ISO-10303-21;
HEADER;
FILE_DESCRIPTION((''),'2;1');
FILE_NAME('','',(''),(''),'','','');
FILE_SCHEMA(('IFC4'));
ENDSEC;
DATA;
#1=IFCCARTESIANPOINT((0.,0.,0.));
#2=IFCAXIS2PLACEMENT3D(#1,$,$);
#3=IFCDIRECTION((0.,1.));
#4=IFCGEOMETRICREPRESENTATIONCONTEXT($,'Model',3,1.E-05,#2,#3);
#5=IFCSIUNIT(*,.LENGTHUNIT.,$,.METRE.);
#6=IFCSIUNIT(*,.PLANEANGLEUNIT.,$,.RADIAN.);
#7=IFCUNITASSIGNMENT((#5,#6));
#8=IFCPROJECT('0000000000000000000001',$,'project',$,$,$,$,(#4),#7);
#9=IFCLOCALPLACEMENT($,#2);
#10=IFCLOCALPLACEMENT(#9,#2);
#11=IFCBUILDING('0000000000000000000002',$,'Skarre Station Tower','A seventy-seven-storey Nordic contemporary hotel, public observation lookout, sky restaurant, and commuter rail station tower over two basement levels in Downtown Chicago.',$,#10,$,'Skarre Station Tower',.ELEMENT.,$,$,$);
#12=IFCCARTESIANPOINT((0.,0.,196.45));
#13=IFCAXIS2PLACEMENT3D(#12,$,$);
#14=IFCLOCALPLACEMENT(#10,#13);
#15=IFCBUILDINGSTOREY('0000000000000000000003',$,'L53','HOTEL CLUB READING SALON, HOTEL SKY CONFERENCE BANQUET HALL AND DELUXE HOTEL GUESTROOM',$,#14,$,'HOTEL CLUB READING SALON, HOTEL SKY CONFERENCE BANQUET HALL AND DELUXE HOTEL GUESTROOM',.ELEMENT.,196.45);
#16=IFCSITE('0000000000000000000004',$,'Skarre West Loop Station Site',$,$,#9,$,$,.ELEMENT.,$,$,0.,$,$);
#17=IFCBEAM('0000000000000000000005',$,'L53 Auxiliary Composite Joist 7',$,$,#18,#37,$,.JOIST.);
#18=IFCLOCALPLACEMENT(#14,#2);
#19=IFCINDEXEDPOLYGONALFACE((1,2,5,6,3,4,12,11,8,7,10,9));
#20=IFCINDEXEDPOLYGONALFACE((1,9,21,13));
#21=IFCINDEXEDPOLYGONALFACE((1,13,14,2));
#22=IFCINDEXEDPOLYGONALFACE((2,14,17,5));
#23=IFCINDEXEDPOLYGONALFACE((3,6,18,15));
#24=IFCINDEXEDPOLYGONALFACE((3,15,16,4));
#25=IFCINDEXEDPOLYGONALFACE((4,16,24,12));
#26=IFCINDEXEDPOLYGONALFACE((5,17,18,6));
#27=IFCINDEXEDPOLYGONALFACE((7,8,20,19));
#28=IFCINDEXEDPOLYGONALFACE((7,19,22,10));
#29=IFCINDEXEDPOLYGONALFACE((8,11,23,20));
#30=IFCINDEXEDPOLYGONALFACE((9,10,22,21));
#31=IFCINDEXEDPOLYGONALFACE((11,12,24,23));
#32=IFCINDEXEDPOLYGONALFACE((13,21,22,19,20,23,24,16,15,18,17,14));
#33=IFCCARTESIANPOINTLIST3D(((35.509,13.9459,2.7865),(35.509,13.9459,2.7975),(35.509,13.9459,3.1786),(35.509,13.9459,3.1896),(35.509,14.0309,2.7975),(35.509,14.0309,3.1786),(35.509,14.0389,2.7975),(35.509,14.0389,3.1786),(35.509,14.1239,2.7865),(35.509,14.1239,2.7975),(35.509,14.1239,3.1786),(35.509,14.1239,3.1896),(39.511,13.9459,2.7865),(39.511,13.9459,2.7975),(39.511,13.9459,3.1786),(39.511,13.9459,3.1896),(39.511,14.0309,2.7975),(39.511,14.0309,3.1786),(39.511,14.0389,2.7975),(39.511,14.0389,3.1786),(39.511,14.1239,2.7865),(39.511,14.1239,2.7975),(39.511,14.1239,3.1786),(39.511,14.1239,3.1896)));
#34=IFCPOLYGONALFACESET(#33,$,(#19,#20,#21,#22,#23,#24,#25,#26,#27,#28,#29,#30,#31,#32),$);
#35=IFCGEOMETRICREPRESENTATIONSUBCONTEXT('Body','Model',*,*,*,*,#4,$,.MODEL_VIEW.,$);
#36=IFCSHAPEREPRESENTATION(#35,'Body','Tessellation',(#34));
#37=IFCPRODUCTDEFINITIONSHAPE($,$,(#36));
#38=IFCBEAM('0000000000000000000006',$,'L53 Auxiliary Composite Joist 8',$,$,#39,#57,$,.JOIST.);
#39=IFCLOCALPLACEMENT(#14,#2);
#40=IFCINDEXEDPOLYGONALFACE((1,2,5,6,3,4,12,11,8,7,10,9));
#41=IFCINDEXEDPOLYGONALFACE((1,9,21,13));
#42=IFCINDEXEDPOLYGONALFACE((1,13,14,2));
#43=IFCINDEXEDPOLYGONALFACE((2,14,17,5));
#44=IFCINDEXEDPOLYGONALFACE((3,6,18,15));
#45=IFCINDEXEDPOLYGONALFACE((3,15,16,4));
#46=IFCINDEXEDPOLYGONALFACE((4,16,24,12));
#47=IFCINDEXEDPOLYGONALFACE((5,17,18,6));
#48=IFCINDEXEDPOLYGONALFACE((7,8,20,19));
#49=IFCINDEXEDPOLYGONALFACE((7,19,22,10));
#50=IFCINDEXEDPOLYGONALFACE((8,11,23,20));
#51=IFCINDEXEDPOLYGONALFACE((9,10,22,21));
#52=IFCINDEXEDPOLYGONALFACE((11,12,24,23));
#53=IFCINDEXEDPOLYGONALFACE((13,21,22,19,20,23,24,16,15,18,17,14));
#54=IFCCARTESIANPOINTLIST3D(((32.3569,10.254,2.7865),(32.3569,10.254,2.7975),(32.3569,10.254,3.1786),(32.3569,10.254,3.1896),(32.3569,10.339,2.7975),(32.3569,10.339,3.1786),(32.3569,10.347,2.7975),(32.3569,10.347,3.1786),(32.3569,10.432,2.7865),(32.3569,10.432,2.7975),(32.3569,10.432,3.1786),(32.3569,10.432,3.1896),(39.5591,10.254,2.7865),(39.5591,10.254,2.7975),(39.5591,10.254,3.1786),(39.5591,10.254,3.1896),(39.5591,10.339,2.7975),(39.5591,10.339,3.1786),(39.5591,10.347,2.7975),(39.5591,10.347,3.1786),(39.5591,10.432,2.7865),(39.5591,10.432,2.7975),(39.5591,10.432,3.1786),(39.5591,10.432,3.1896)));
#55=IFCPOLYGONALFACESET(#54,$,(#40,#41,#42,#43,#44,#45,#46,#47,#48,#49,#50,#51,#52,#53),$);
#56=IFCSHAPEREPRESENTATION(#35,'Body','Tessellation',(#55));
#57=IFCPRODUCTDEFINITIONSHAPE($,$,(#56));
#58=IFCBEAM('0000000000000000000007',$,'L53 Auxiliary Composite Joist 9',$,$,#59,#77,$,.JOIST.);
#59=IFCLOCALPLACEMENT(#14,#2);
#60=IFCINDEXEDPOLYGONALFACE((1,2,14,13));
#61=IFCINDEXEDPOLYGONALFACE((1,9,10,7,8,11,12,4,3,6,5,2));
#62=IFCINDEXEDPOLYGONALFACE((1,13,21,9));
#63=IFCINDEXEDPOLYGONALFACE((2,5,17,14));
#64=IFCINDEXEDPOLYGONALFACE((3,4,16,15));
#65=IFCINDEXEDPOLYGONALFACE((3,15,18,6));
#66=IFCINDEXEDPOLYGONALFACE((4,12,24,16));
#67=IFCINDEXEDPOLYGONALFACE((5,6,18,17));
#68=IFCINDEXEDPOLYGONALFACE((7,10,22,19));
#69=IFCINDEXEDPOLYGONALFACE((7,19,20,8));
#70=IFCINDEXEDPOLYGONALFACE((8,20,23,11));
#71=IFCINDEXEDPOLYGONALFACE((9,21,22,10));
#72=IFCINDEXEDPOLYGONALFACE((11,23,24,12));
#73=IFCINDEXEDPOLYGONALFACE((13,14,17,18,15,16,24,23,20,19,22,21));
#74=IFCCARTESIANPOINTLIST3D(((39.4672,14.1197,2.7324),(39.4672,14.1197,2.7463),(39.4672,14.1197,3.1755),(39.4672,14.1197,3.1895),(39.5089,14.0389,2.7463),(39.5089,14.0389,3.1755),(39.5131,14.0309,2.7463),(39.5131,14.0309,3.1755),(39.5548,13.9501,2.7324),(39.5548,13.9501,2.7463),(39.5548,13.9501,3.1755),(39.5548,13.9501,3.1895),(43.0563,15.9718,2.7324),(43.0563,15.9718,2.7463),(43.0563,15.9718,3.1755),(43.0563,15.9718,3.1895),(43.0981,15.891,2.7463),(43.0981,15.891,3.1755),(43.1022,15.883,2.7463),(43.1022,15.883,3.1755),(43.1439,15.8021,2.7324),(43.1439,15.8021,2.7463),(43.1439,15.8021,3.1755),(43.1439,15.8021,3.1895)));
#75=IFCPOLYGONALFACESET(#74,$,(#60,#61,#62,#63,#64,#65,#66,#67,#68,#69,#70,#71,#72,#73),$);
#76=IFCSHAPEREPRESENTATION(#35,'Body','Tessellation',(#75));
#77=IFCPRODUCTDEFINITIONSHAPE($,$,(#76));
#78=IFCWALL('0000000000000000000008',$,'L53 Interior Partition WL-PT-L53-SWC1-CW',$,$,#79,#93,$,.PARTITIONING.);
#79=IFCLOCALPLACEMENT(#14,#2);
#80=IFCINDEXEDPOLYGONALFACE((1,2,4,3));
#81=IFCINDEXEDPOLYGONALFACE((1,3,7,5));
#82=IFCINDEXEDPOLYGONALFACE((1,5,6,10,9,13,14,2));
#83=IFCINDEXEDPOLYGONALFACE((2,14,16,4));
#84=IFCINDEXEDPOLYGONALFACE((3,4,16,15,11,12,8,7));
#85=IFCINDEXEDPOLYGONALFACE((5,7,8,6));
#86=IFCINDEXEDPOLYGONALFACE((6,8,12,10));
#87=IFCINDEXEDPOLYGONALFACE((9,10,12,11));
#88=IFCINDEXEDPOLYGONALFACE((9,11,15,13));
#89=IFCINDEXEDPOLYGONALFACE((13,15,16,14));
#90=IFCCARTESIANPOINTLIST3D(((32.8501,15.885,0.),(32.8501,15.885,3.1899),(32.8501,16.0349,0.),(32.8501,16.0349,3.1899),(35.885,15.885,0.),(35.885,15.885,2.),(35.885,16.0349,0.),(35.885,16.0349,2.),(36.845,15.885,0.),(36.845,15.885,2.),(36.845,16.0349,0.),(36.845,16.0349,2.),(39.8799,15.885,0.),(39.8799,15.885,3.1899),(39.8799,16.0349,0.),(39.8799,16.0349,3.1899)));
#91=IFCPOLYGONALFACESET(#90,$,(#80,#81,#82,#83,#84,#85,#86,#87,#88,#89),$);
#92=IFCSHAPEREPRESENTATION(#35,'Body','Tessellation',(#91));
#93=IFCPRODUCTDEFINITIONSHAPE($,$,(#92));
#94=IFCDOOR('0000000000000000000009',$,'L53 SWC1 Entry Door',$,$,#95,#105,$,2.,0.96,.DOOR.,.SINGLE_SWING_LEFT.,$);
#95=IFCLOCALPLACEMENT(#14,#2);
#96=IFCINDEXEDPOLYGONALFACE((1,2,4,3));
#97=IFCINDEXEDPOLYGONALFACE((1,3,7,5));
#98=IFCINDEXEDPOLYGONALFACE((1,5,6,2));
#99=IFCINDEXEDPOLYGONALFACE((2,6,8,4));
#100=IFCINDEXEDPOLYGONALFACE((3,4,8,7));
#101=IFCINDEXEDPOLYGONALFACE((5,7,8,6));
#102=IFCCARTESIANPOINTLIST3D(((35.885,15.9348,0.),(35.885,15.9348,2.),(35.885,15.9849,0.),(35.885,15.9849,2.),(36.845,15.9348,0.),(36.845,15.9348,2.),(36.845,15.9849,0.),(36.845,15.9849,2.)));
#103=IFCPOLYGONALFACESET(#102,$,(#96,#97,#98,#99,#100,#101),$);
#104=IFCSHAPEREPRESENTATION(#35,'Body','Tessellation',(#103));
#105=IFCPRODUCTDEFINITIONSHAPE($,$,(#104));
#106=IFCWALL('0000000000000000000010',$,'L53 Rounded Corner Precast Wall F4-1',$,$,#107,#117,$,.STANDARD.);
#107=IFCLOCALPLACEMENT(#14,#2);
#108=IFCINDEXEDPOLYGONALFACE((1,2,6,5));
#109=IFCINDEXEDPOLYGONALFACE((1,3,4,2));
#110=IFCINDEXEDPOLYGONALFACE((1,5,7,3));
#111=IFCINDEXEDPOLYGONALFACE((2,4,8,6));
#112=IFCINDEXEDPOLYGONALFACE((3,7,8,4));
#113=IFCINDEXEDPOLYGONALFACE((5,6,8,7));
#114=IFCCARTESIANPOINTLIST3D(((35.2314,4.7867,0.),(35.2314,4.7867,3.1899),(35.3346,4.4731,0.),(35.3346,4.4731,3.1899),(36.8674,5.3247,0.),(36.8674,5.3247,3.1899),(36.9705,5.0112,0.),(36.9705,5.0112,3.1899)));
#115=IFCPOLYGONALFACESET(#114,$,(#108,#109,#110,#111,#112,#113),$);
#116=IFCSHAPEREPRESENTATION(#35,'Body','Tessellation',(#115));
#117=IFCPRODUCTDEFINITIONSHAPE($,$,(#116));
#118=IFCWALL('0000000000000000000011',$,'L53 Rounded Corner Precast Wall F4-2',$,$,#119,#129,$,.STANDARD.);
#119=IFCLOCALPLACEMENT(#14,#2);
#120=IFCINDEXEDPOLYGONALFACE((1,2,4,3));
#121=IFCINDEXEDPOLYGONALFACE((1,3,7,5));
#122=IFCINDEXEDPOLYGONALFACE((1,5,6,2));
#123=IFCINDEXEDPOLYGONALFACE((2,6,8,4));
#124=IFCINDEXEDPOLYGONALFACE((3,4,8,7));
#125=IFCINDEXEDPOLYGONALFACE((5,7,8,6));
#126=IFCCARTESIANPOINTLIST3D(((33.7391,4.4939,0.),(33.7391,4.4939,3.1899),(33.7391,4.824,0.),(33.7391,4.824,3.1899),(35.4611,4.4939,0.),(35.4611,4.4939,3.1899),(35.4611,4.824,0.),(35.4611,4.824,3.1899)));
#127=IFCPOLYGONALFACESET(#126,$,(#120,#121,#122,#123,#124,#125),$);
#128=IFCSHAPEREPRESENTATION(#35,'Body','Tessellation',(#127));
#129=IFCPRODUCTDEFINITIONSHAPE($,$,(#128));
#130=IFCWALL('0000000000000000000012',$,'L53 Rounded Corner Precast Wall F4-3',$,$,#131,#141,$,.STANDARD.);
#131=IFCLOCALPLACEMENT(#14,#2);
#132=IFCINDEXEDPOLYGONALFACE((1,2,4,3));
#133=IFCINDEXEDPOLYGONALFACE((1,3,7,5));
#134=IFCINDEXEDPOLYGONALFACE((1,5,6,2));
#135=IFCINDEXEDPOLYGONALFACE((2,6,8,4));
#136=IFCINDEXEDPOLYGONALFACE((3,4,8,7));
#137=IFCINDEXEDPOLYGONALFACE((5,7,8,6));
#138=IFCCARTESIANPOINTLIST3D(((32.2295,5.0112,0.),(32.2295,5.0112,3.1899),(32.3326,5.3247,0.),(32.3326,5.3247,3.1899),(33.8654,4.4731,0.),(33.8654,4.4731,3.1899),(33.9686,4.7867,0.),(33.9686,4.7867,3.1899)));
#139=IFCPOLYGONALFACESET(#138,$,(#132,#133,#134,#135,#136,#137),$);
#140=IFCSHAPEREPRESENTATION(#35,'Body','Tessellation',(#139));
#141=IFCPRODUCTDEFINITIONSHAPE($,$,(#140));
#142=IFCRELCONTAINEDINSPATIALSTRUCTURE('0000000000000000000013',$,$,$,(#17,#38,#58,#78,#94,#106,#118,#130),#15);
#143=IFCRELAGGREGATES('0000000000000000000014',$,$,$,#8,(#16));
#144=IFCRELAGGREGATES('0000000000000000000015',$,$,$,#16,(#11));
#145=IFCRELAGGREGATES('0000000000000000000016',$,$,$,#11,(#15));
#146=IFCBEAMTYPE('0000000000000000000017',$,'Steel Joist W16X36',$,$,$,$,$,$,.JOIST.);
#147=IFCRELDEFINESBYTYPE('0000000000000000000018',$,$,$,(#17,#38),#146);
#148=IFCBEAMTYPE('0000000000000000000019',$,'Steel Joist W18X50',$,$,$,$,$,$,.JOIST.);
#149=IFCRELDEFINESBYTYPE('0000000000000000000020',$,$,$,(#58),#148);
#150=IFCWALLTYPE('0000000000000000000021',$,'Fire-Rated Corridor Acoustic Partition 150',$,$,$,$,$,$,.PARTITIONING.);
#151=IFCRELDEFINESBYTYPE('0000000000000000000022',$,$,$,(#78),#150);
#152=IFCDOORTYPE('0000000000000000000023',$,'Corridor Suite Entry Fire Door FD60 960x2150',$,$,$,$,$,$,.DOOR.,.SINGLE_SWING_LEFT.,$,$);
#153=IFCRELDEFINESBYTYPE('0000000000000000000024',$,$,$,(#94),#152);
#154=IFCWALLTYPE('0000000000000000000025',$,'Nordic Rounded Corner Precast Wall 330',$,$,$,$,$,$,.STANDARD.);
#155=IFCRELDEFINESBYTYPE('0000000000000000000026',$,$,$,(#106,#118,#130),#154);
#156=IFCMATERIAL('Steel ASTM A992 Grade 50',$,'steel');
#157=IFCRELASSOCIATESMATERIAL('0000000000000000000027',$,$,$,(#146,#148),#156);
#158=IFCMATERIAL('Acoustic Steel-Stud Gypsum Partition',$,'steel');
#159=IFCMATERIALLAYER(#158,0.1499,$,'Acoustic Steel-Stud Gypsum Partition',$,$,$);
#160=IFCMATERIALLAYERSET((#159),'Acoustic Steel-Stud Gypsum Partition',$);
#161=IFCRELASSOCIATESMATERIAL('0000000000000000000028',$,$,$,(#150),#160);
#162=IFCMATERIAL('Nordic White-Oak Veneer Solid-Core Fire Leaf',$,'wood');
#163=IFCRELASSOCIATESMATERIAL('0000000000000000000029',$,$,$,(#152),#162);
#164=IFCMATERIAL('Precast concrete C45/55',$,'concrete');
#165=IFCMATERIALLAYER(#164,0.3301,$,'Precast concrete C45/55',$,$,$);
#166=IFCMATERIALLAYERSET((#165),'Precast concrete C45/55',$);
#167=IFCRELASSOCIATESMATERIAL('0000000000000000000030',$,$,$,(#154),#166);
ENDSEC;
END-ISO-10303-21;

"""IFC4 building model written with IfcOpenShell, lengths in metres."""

from ifc_helpers import new_model, si_unit, direction, frame, frame_2d, origin, origin_2d, place, context, subcontext, project, spatial, rectangle, i_section, extrude, material, layer, layer_set, material_profile, profile_set, type_object, element, fill, save


model = new_model("IFC4")

# Units and contexts
model_context = context("Model", 3, precision=1e-05, world=origin(), true_north=direction((0.0, 1.0)))
body_context = subcontext(model_context, "Body", "Model", "MODEL_VIEW")
ifc_project = project(units=[si_unit("LENGTHUNIT", "METRE"), si_unit("PLANEANGLEUNIT", "RADIAN")], contexts=[model_context])

# Site, building, storey
site_placement = place(None, origin())
site = spatial("IfcSite", under=ifc_project, at=site_placement, Name="Skarre West Loop Station Site", CompositionType="ELEMENT", RefElevation=0.0)
building_placement = place(site_placement, origin())
building = spatial("IfcBuilding", under=site, at=building_placement, Name="Skarre Station Tower", Description="A seventy-seven-storey Nordic contemporary hotel, public observation lookout, sky restaurant, and commuter rail station tower over two basement levels in Downtown Chicago.", LongName="Skarre Station Tower", CompositionType="ELEMENT")
storey_placement = place(building_placement, frame((0.0, 0.0, 196.45)))
storey = spatial("IfcBuildingStorey", under=building, at=storey_placement, Name="L53", Description="HOTEL CLUB READING SALON, HOTEL SKY CONFERENCE BANQUET HALL AND DELUXE HOTEL GUESTROOM", LongName="HOTEL CLUB READING SALON, HOTEL SKY CONFERENCE BANQUET HALL AND DELUXE HOTEL GUESTROOM", CompositionType="ELEMENT", Elevation=196.45)

# Beams
ifc_material_1 = material(Name="Steel ASTM A992 Grade 50", Category="steel")
ifc_material_profile_1 = material_profile(ifc_material_1, i_section(OverallWidth=0.178, OverallDepth=0.4031, WebThickness=0.0081, FlangeThickness=0.011, at=origin_2d()), Name="Steel ASTM A992 Grade 50")
ifc_profile_set_1 = profile_set([ifc_material_profile_1], Name="Steel ASTM A992 Grade 50")
beam_type_1 = type_object("IfcBeamType", Name="Steel Joist W16X36", PredefinedType="JOIST", material=ifc_profile_set_1)
beam_1_placement = place(storey_placement, frame((35.509, 14.0349, 2.988), z_axis=(1.0, 0.0, 0.0), x_axis=(0.0, 1.0, 0.0)))
element("IfcBeam", 1, at=beam_1_placement, inside=storey, type_object=beam_type_1, Name="L53 Auxiliary Composite Joist 7", PredefinedType="JOIST", context=body_context, shape_type="SweptSolid", body=[
    extrude(i_section(OverallWidth=0.178, OverallDepth=0.4031, WebThickness=0.0081, FlangeThickness=0.011, at=origin_2d()), origin(), (0.0, 0.0, 1.0), 4.002),
])
beam_2_placement = place(storey_placement, frame((32.3569, 10.343, 2.988), z_axis=(1.0, 0.0, 0.0), x_axis=(0.0, 1.0, 0.0)))
element("IfcBeam", 2, at=beam_2_placement, inside=storey, type_object=beam_type_1, Name="L53 Auxiliary Composite Joist 8", PredefinedType="JOIST", context=body_context, shape_type="SweptSolid", body=[
    extrude(i_section(OverallWidth=0.178, OverallDepth=0.4031, WebThickness=0.0081, FlangeThickness=0.011, at=origin_2d()), origin(), (0.0, 0.0, 1.0), 7.2021),
])
ifc_material_profile_2 = material_profile(ifc_material_1, i_section(OverallWidth=0.1909, OverallDepth=0.457, WebThickness=0.009, FlangeThickness=0.0139, at=origin_2d()), Name="Steel ASTM A992 Grade 50")
ifc_profile_set_2 = profile_set([ifc_material_profile_2], Name="Steel ASTM A992 Grade 50")
beam_type_2 = type_object("IfcBeamType", Name="Steel Joist W18X50", PredefinedType="JOIST", material=ifc_profile_set_2)
beam_3_placement = place(storey_placement, frame((39.511, 14.0349, 2.9609), z_axis=(0.88866, 0.458566, 0.0), x_axis=(-0.458566, 0.88866, 0.0)))
element("IfcBeam", 3, at=beam_3_placement, inside=storey, type_object=beam_type_2, Name="L53 Auxiliary Composite Joist 9", PredefinedType="JOIST", context=body_context, shape_type="SweptSolid", body=[
    extrude(i_section(OverallWidth=0.1909, OverallDepth=0.457, WebThickness=0.009, FlangeThickness=0.0139, at=origin_2d()), origin(), (0.0, 0.0, 1.0), 4.0388),
])

# Wall, opening, door
ifc_material_2 = material(Name="Acoustic Steel-Stud Gypsum Partition", Category="steel")
ifc_layer_1 = layer(ifc_material_2, 0.1499, Name="Acoustic Steel-Stud Gypsum Partition")
ifc_layer_set_1 = layer_set([ifc_layer_1], Name="Acoustic Steel-Stud Gypsum Partition")
wall_type_1 = type_object("IfcWallType", Name="Fire-Rated Corridor Acoustic Partition 150", PredefinedType="PARTITIONING", material=ifc_layer_set_1)
wall_1_placement = place(storey_placement, frame((32.8501, 15.96, 0.0), z_axis=(0.0, 0.0, 1.0), x_axis=(1.0, 0.0, 0.0)))
wall_1 = element("IfcWall", 4, at=wall_1_placement, inside=storey, type_object=wall_type_1, Name="L53 Interior Partition WL-PT-L53-SWC1-CW", PredefinedType="PARTITIONING", context=body_context, shape_type="SweptSolid", body=[
    extrude(rectangle(XDim=7.0298, YDim=0.1499, at=frame_2d((3.5149, 0.0))), origin(), (0.0, 0.0, 1.0), 3.1899),
])
opening_1_placement = place(wall_1_placement, frame((3.0349, 0.0, 0.0)))
opening_1 = element("IfcOpeningElement", 5, at=opening_1_placement, cuts=wall_1, PredefinedType="OPENING", context=body_context, shape_type="SweptSolid", body=[
    extrude(rectangle(XDim=0.96, YDim=2.0, at=frame_2d((0.48, 1.0))), frame((0.0, 0.085, 0.0), z_axis=(0.0, -1.0, 0.0), x_axis=(1.0, 0.0, 0.0)), (0.0, 0.0, 1.0), 0.1699),
])
ifc_material_3 = material(Name="Nordic White-Oak Veneer Solid-Core Fire Leaf", Category="wood")
door_type_1 = type_object("IfcDoorType", Name="Corridor Suite Entry Fire Door FD60 960x2150", OperationType="SINGLE_SWING_LEFT", PredefinedType="DOOR", material=ifc_material_3)
door_1_placement = place(opening_1_placement, origin())
door_1 = element("IfcDoor", 6, at=door_1_placement, inside=storey, type_object=door_type_1, Name="L53 SWC1 Entry Door", OperationType="SINGLE_SWING_LEFT", OverallHeight=2.0, OverallWidth=0.96, PredefinedType="DOOR", context=body_context, shape_type="SweptSolid", body=[
    extrude(rectangle(XDim=0.96, YDim=2.0, at=frame_2d((0.48, 1.0))), frame((0.0, 0.0249, 0.0), z_axis=(0.0, -1.0, 0.0), x_axis=(1.0, 0.0, 0.0)), (0.0, 0.0, 1.0), 0.05),
])
fill(opening_1, door_1)

# Walls
ifc_material_4 = material(Name="Precast concrete C45/55", Category="concrete")
ifc_layer_2 = layer(ifc_material_4, 0.3301, Name="Precast concrete C45/55")
ifc_layer_set_2 = layer_set([ifc_layer_2], Name="Precast concrete C45/55")
wall_type_2 = type_object("IfcWallType", Name="Nordic Rounded Corner Precast Wall 330", PredefinedType="STANDARD", material=ifc_layer_set_2)
wall_2_placement = place(storey_placement, frame((36.9189, 5.168, 0.0), z_axis=(0.0, 0.0, 1.0), x_axis=(-0.949937, -0.31244, 0.0)))
element("IfcWall", 7, at=wall_2_placement, inside=storey, type_object=wall_type_2, Name="L53 Rounded Corner Precast Wall F4-1", PredefinedType="STANDARD", context=body_context, shape_type="SweptSolid", body=[
    extrude(rectangle(XDim=1.7222, YDim=0.3301, at=frame_2d((0.8611, 0.0))), origin(), (0.0, 0.0, 1.0), 3.1899),
])
wall_3_placement = place(storey_placement, frame((35.4609, 4.6589, 0.0), z_axis=(0.0, 0.0, 1.0), x_axis=(-1.0, 0.0, 0.0)))
element("IfcWall", 8, at=wall_3_placement, inside=storey, type_object=wall_type_2, Name="L53 Rounded Corner Precast Wall F4-2", PredefinedType="STANDARD", context=body_context, shape_type="SweptSolid", body=[
    extrude(rectangle(XDim=1.7219, YDim=0.3301, at=frame_2d((0.8608, 0.0))), origin(), (0.0, 0.0, 1.0), 3.1899),
])
wall_4_placement = place(storey_placement, frame((33.917, 4.6299, 0.0), z_axis=(0.0, 0.0, 1.0), x_axis=(-0.949937, 0.31244, 0.0)))
element("IfcWall", 9, at=wall_4_placement, inside=storey, type_object=wall_type_2, Name="L53 Rounded Corner Precast Wall F4-3", PredefinedType="STANDARD", context=body_context, shape_type="SweptSolid", body=[
    extrude(rectangle(XDim=1.7222, YDim=0.3301, at=frame_2d((0.8611, 0.0))), origin(), (0.0, 0.0, 1.0), 3.1899),
])

save(model, "model.ifc")
